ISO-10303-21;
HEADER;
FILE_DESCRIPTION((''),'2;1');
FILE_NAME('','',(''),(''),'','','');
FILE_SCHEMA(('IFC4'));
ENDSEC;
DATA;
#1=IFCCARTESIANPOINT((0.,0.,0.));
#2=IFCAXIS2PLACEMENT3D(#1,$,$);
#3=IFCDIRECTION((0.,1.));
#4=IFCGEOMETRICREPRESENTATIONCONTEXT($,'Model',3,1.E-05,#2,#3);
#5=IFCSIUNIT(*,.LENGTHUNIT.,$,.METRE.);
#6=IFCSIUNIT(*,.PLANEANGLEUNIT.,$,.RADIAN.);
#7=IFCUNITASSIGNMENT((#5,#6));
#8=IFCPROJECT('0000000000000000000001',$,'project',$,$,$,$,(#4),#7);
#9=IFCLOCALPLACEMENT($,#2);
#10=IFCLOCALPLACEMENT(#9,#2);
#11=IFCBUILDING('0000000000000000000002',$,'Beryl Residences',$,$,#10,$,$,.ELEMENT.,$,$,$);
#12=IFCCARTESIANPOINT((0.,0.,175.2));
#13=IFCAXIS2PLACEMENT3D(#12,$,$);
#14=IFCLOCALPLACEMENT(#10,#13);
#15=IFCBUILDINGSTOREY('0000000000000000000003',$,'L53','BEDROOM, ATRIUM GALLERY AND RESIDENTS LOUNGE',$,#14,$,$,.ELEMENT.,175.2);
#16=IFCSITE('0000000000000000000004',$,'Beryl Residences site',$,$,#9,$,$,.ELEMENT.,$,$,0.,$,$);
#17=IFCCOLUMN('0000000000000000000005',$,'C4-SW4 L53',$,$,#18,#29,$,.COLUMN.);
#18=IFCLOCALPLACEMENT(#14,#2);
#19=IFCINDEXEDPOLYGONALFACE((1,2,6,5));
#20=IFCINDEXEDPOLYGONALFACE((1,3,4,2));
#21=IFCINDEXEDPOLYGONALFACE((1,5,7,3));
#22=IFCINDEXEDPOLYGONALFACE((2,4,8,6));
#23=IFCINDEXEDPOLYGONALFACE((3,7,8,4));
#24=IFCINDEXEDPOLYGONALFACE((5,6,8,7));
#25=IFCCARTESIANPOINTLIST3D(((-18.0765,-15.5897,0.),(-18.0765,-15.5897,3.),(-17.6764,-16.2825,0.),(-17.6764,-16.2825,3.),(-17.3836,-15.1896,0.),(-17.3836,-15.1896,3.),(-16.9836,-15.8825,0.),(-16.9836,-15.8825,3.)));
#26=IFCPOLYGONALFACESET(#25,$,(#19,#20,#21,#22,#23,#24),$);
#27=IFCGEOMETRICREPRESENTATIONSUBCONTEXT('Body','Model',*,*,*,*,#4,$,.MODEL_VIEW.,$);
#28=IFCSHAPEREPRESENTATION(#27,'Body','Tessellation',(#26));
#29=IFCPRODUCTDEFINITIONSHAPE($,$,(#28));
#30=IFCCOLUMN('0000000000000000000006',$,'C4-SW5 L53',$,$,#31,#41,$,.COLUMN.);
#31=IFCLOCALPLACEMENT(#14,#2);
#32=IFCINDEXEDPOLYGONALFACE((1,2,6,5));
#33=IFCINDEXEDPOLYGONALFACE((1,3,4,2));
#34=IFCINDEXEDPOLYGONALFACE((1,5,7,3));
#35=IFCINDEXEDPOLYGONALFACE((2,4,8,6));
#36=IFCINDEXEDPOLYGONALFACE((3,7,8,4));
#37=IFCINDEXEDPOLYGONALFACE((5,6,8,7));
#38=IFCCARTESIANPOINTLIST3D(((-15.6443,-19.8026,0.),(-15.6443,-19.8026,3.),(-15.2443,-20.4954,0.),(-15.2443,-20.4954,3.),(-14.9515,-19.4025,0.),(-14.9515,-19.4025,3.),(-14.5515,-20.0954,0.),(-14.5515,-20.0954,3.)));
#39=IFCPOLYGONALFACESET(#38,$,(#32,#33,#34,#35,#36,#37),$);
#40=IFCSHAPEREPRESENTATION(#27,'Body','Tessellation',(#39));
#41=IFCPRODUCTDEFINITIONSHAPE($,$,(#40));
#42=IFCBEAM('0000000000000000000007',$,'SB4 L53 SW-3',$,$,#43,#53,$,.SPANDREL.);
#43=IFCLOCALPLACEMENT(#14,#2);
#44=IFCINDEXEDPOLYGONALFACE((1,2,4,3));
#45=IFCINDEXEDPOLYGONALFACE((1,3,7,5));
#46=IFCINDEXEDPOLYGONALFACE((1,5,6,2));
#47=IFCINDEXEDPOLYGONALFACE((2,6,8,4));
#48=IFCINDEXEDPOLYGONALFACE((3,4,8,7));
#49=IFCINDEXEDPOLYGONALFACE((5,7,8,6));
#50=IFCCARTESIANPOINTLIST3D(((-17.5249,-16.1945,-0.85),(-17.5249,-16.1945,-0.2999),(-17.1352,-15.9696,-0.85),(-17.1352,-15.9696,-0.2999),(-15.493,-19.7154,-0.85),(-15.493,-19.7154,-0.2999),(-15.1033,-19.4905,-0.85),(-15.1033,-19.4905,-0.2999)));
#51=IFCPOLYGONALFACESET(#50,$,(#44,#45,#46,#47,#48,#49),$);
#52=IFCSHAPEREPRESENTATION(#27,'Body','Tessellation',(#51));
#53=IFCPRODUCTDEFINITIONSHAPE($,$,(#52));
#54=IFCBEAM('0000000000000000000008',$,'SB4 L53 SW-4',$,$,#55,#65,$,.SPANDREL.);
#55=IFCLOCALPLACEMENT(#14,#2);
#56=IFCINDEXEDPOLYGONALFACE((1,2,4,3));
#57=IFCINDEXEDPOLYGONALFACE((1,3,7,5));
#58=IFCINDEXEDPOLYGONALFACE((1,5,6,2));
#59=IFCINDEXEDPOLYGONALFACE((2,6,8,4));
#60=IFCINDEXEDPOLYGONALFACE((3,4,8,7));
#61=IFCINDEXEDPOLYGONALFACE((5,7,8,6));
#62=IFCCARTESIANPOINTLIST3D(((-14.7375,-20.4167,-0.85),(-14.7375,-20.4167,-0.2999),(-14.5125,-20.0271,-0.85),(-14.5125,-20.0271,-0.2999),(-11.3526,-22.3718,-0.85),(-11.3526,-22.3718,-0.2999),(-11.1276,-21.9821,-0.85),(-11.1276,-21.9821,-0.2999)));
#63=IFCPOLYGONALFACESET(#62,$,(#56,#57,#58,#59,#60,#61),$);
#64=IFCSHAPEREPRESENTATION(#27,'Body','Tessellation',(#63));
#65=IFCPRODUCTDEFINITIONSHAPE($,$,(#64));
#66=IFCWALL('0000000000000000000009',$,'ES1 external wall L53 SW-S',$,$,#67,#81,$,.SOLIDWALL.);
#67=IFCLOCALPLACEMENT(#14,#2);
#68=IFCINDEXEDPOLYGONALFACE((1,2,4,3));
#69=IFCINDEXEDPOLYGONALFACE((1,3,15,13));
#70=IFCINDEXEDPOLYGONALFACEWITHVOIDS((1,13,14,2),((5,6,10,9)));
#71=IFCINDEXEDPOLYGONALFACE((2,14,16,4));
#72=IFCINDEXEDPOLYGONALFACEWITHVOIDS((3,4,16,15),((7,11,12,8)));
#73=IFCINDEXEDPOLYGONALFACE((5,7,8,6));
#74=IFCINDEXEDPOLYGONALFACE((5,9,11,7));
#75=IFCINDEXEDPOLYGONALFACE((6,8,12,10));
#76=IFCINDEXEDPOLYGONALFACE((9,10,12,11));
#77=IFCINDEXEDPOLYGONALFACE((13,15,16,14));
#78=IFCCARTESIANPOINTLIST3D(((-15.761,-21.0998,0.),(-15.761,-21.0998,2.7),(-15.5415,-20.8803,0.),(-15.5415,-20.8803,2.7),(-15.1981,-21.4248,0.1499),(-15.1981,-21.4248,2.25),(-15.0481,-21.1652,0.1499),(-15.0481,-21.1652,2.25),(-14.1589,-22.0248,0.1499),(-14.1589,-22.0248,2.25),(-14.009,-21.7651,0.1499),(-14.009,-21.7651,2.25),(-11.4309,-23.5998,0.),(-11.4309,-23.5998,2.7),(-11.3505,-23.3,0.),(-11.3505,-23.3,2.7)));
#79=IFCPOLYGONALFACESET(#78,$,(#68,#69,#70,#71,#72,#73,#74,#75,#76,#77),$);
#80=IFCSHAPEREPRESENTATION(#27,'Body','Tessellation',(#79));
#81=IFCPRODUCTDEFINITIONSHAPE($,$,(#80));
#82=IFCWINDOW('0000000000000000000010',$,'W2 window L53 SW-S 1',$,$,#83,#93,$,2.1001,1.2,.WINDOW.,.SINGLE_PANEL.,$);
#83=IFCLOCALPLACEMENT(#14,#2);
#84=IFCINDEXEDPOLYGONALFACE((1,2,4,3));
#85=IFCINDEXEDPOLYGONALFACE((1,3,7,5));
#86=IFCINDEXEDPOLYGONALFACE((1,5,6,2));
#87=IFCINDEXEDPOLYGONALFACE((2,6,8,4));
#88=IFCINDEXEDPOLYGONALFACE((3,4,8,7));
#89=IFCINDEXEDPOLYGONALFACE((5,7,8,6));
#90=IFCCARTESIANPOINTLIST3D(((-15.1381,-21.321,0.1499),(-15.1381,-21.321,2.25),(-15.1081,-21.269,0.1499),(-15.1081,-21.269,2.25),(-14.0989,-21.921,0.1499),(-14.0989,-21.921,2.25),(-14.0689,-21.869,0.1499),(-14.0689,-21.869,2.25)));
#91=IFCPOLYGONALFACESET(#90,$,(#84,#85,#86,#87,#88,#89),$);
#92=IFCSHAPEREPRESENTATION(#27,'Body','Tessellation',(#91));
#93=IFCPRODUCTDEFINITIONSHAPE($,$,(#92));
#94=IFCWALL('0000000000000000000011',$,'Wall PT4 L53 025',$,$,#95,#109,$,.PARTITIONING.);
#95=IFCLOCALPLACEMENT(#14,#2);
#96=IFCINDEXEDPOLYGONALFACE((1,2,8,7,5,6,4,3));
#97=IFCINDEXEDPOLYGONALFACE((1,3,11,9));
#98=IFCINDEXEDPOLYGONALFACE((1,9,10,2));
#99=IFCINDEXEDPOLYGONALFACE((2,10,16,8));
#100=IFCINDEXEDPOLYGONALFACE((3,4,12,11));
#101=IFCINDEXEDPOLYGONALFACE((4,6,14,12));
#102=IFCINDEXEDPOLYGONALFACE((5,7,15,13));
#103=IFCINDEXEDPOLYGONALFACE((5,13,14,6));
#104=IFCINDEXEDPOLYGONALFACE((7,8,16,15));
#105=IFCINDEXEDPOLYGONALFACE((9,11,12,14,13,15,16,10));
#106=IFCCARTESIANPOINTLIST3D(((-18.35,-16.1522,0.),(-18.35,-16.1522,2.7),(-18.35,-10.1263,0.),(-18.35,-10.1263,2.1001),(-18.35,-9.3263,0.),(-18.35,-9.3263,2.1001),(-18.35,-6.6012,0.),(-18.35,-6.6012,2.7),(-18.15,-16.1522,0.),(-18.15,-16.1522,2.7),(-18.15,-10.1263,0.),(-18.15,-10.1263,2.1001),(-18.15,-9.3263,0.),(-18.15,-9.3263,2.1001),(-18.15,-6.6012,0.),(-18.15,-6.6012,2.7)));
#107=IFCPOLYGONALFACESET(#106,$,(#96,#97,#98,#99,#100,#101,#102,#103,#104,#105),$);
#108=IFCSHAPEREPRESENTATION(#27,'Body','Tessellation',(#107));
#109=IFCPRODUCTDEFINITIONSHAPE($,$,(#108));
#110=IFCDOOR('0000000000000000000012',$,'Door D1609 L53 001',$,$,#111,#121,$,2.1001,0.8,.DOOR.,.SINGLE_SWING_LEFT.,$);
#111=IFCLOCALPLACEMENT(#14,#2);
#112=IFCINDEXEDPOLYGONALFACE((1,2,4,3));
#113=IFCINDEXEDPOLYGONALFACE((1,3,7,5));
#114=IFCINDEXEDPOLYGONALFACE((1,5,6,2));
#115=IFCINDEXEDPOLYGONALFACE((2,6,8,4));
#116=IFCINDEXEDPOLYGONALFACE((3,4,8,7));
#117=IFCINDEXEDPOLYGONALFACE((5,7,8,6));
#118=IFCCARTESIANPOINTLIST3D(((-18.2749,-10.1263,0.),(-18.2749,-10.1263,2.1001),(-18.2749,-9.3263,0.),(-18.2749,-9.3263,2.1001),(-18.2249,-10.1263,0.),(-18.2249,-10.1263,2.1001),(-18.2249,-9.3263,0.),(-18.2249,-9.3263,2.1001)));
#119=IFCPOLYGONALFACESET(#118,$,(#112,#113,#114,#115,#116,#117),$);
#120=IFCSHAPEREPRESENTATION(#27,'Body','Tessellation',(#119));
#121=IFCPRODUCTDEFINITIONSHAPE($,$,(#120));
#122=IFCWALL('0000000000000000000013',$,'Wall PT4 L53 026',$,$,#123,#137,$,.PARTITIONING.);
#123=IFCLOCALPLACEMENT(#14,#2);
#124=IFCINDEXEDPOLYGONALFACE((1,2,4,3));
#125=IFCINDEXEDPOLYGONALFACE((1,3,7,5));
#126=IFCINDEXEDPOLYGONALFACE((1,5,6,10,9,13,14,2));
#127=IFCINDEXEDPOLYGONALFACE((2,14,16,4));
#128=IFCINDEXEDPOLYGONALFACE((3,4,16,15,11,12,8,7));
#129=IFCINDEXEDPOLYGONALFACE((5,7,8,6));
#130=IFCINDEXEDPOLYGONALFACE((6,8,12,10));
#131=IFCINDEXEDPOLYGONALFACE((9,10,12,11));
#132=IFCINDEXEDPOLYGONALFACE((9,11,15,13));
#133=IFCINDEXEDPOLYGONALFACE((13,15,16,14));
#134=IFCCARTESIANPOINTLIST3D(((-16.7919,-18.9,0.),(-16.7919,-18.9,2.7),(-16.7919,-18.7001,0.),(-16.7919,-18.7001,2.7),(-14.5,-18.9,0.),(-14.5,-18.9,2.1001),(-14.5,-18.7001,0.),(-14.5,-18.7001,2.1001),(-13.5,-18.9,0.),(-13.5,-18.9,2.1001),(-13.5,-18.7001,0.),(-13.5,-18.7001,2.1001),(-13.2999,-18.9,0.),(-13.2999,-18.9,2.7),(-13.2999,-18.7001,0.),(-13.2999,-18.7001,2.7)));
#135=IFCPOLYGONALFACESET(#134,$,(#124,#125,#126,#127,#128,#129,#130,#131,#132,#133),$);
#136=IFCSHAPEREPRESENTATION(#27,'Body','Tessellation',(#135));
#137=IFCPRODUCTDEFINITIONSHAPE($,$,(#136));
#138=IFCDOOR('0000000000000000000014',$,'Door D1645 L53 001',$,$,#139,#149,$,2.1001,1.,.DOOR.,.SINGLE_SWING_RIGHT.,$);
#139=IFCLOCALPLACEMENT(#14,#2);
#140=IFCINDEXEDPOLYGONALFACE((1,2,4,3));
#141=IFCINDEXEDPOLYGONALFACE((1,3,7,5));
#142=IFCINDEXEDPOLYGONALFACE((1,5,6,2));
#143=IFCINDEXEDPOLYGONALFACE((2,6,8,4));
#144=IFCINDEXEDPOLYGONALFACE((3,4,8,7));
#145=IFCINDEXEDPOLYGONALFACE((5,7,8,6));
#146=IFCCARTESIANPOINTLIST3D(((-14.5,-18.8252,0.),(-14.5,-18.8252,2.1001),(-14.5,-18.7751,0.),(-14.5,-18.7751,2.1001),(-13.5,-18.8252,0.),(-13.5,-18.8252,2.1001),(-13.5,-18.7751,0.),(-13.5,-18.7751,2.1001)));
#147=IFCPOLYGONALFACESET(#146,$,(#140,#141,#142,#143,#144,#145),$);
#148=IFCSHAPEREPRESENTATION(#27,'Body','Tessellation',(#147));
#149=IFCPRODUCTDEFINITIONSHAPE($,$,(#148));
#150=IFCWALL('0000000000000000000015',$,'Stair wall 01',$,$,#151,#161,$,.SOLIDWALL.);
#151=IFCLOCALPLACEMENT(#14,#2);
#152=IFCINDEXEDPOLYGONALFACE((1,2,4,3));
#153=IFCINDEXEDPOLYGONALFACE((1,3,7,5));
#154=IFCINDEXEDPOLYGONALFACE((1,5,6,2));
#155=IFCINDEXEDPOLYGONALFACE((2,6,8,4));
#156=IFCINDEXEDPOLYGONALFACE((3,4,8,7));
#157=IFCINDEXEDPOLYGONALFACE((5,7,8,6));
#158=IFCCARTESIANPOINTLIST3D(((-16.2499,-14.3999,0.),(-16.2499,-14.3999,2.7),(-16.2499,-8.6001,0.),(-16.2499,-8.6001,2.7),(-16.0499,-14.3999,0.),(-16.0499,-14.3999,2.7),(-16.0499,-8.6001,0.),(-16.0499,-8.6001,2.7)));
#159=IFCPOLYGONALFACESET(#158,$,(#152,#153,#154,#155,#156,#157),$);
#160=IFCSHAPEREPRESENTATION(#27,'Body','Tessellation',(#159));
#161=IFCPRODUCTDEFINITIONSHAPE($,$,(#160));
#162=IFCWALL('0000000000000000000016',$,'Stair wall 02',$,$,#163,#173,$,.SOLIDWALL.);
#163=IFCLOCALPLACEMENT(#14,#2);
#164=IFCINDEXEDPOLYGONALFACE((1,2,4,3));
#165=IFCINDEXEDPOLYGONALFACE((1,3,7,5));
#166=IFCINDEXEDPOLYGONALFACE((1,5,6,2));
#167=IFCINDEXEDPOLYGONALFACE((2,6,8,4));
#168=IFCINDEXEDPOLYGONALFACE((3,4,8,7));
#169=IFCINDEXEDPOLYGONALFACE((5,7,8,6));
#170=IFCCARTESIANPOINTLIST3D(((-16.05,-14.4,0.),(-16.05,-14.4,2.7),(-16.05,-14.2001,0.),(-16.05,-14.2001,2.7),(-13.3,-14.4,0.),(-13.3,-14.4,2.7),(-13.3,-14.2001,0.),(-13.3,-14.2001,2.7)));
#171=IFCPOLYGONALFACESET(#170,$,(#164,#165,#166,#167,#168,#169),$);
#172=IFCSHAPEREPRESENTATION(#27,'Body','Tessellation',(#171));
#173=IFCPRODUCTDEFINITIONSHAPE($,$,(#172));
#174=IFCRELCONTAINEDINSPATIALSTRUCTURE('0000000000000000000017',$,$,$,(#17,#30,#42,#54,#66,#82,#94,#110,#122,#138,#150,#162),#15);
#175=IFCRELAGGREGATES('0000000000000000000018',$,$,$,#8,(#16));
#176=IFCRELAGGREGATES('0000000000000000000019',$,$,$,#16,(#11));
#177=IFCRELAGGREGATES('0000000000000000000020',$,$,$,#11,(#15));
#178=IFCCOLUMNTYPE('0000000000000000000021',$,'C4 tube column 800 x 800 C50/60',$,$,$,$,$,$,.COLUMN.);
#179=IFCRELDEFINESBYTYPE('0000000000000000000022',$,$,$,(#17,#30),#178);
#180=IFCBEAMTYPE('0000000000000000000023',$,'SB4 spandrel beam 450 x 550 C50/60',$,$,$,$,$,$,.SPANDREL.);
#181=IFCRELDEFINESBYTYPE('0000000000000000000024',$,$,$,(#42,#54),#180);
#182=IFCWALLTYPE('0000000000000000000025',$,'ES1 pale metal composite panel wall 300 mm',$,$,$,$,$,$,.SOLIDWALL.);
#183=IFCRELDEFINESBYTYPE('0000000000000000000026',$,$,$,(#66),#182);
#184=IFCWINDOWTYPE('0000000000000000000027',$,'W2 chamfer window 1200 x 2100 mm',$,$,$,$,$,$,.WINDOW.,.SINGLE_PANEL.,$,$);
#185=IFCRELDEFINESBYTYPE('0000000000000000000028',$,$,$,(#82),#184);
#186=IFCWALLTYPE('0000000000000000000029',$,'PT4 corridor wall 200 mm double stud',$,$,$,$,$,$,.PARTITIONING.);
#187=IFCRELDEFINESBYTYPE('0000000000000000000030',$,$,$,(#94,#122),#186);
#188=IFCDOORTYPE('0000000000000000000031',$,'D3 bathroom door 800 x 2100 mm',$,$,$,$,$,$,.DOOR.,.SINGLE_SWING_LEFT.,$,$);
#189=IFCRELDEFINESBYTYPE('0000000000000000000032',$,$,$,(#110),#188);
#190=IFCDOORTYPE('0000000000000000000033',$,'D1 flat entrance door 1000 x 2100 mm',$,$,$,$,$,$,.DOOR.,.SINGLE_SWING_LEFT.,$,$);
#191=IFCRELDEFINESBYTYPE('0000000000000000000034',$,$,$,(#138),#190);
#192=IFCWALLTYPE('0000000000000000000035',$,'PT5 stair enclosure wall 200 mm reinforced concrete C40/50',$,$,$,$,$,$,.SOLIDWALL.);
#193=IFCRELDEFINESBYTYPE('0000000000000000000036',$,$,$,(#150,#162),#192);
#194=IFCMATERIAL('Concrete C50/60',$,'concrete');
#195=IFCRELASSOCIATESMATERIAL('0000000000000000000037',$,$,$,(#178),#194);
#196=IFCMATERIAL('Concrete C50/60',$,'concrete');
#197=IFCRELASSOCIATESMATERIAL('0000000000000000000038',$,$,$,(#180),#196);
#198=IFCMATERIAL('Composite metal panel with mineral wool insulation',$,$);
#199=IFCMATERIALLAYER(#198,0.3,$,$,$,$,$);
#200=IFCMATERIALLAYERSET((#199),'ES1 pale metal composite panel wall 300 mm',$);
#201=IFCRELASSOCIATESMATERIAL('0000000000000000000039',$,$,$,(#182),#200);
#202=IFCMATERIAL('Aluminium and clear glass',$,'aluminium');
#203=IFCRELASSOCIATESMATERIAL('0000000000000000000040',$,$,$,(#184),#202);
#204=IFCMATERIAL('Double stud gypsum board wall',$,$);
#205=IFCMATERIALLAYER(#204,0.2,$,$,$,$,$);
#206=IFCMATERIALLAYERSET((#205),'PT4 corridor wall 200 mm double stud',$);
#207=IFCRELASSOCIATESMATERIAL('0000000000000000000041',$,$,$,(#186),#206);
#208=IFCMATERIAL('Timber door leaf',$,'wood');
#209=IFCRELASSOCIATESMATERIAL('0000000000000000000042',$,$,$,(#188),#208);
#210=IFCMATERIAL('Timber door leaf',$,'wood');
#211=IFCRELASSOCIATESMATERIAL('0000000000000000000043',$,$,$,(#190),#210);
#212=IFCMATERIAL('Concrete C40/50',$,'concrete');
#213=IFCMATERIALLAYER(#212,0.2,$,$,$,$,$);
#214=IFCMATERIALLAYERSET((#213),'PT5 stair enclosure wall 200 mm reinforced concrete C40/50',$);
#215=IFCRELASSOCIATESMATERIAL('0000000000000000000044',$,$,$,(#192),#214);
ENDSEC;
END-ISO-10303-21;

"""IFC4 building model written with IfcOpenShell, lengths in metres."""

from ifc_helpers import new_model, si_unit, direction, frame, frame_2d, origin, origin_2d, place, context, subcontext, project, spatial, polyline, rectangle, outline, extrude, material, layer, layer_set, material_profile, profile_set, type_object, element, fill, save


model = new_model("IFC4")

# Units and contexts
model_context = context("Model", 3, precision=1e-05, world=origin(), true_north=direction((0.0, 1.0)))
body_context = subcontext(model_context, "Body", "Model", "MODEL_VIEW")
ifc_project = project(units=[si_unit("LENGTHUNIT", "METRE"), si_unit("PLANEANGLEUNIT", "RADIAN")], contexts=[model_context])

# Site, building, storey
site_placement = place(None, origin())
site = spatial("IfcSite", under=ifc_project, at=site_placement, Name="Beryl Residences site", CompositionType="ELEMENT", RefElevation=0.0)
building_placement = place(site_placement, origin())
building = spatial("IfcBuilding", under=site, at=building_placement, Name="Beryl Residences", CompositionType="ELEMENT")
storey_placement = place(building_placement, frame((0.0, 0.0, 175.2)))
storey = spatial("IfcBuildingStorey", under=building, at=storey_placement, Name="L53", Description="BEDROOM, ATRIUM GALLERY AND RESIDENTS LOUNGE", CompositionType="ELEMENT", Elevation=175.2)

# Columns
ifc_material_1 = material(Name="Concrete C50/60", Category="concrete")
ifc_material_profile_1 = material_profile(ifc_material_1, rectangle(XDim=0.8, YDim=0.8, at=origin_2d()))
ifc_profile_set_1 = profile_set([ifc_material_profile_1], Name="Concrete C50/60")
column_type = type_object("IfcColumnType", Name="C4 tube column 800 x 800 C50/60", PredefinedType="COLUMN", material=ifc_profile_set_1)
for number, where, z_axis, x_axis, name in (
    (1, (-17.53, -15.7361, 0.0), (0.0, 0.0, 1.0), (0.5, -0.866025, 0.0), "C4-SW4 L53"),
    (2, (-15.0979, -19.949, 0.0), (0.0, 0.0, 1.0), (0.5, -0.866025, 0.0), "C4-SW5 L53"),
):
    element("IfcColumn", number, at=place(storey_placement, frame(where, z_axis=z_axis, x_axis=x_axis)), inside=storey, type_object=column_type, Name=name, PredefinedType="COLUMN", context=body_context, shape_type="SweptSolid", body=[
        extrude(rectangle(XDim=0.8, YDim=0.8, at=origin_2d()), origin(), (0.0, 0.0, 1.0), 3.0),
    ])

# Beams
ifc_material_2 = material(Name="Concrete C50/60", Category="concrete")
ifc_material_profile_2 = material_profile(ifc_material_2, rectangle(XDim=0.45, YDim=0.55, at=origin_2d()))
ifc_profile_set_2 = profile_set([ifc_material_profile_2], Name="Concrete C50/60")
beam_type = type_object("IfcBeamType", Name="SB4 spandrel beam 450 x 550 C50/60", PredefinedType="SPANDREL", material=ifc_profile_set_2)
beam_1_placement = place(storey_placement, frame((-17.3301, -16.082, -0.575), z_axis=(0.49984, -0.866118, 0.0), x_axis=(0.866118, 0.49984, 0.0)))
element("IfcBeam", 3, at=beam_1_placement, inside=storey, type_object=beam_type, Name="SB4 L53 SW-3", PredefinedType="SPANDREL", context=body_context, shape_type="SweptSolid", body=[
    extrude(rectangle(XDim=0.45, YDim=0.55, at=origin_2d()), origin(), (0.0, 0.0, 1.0), 4.0652),
])
beam_2_placement = place(storey_placement, frame((-14.625, -20.2219, -0.575), z_axis=(0.865943, -0.500142, 0.0), x_axis=(0.500142, 0.865943, 0.0)))
element("IfcBeam", 4, at=beam_2_placement, inside=storey, type_object=beam_type, Name="SB4 L53 SW-4", PredefinedType="SPANDREL", context=body_context, shape_type="SweptSolid", body=[
    extrude(rectangle(XDim=0.45, YDim=0.55, at=origin_2d()), origin(), (0.0, 0.0, 1.0), 3.9089),
])

# Wall, opening, window
ifc_material_3 = material(Name="Composite metal panel with mineral wool insulation")
ifc_layer_1 = layer(ifc_material_3, 0.3)
ifc_layer_set_1 = layer_set([ifc_layer_1], Name="ES1 pale metal composite panel wall 300 mm")
wall_type_1 = type_object("IfcWallType", Name="ES1 pale metal composite panel wall 300 mm", PredefinedType="SOLIDWALL", material=ifc_layer_set_1)
wall_1_placement = place(storey_placement, frame((-15.686, -20.97, 0.0), z_axis=(0.0, 0.0, 1.0), x_axis=(0.866023, -0.500004, 0.0)))
wall_1 = element("IfcWall", 5, at=wall_1_placement, inside=storey, type_object=wall_type_1, Name="ES1 external wall L53 SW-S", PredefinedType="SOLIDWALL", context=body_context, shape_type="SweptSolid", body=[
    extrude(outline(polyline([(0.0, -0.1499), (5.0, -0.1499), (4.9197, 0.1499), (0.0803, 0.1499), (0.0, -0.1499)])), origin(), (0.0, 0.0, 1.0), 2.7),
])
opening_1_placement = place(wall_1_placement, frame((0.6499, 0.0, 0.1499)))
opening_1 = element("IfcOpeningElement", 6, at=opening_1_placement, cuts=wall_1, PredefinedType="OPENING", context=body_context, shape_type="SweptSolid", body=[
    extrude(rectangle(XDim=1.2, YDim=2.1001, at=frame_2d((0.6001, 1.05))), frame((0.0, 0.1599, 0.0), z_axis=(0.0, -1.0, 0.0), x_axis=(1.0, 0.0, 0.0)), (0.0, 0.0, 1.0), 0.3201),
])
ifc_material_4 = material(Name="Aluminium and clear glass", Category="aluminium")
window_type = type_object("IfcWindowType", Name="W2 chamfer window 1200 x 2100 mm", PartitioningType="SINGLE_PANEL", PredefinedType="WINDOW", material=ifc_material_4)
window_placement = place(opening_1_placement, origin())
window = element("IfcWindow", 7, at=window_placement, inside=storey, type_object=window_type, Name="W2 window L53 SW-S 1", OverallHeight=2.1001, OverallWidth=1.2, PartitioningType="SINGLE_PANEL", PredefinedType="WINDOW", context=body_context, shape_type="SweptSolid", body=[
    extrude(rectangle(XDim=1.2, YDim=2.1001, at=frame_2d((0.6001, 1.05))), frame((0.0, 0.03, 0.0), z_axis=(0.0, -1.0, 0.0), x_axis=(1.0, 0.0, 0.0)), (0.0, 0.0, 1.0), 0.0601),
])
fill(opening_1, window)

# Walls, openings, doors
ifc_material_5 = material(Name="Double stud gypsum board wall")
ifc_layer_2 = layer(ifc_material_5, 0.2)
ifc_layer_set_2 = layer_set([ifc_layer_2], Name="PT4 corridor wall 200 mm double stud")
wall_type_2 = type_object("IfcWallType", Name="PT4 corridor wall 200 mm double stud", PredefinedType="PARTITIONING", material=ifc_layer_set_2)
wall_2_placement = place(storey_placement, frame((-18.25, -16.1521, 0.0), z_axis=(0.0, 0.0, 1.0), x_axis=(0.0, 1.0, 0.0)))
wall_2 = element("IfcWall", 8, at=wall_2_placement, inside=storey, type_object=wall_type_2, Name="Wall PT4 L53 025", PredefinedType="PARTITIONING", context=body_context, shape_type="SweptSolid", body=[
    extrude(rectangle(XDim=9.551, YDim=0.2, at=frame_2d((4.7754, 0.0))), origin(), (0.0, 0.0, 1.0), 2.7),
])
opening_2_placement = place(wall_2_placement, frame((6.0259, 0.0, 0.0)))
opening_2 = element("IfcOpeningElement", 9, at=opening_2_placement, cuts=wall_2, PredefinedType="OPENING", context=body_context, shape_type="SweptSolid", body=[
    extrude(rectangle(XDim=0.8, YDim=2.1001, at=frame_2d((0.3999, 1.05))), frame((0.0, 0.1099, 0.0), z_axis=(0.0, -1.0, 0.0), x_axis=(1.0, 0.0, 0.0)), (0.0, 0.0, 1.0), 0.22),
])
ifc_material_6 = material(Name="Timber door leaf", Category="wood")
door_type_1 = type_object("IfcDoorType", Name="D3 bathroom door 800 x 2100 mm", OperationType="SINGLE_SWING_LEFT", PredefinedType="DOOR", material=ifc_material_6)
door_1_placement = place(opening_2_placement, origin())
door_1 = element("IfcDoor", 10, at=door_1_placement, inside=storey, type_object=door_type_1, Name="Door D1609 L53 001", OperationType="SINGLE_SWING_LEFT", OverallHeight=2.1001, OverallWidth=0.8, PredefinedType="DOOR", context=body_context, shape_type="SweptSolid", body=[
    extrude(rectangle(XDim=0.8, YDim=2.1001, at=frame_2d((0.3999, 1.05))), frame((0.0, 0.0249, 0.0), z_axis=(0.0, -1.0, 0.0), x_axis=(1.0, 0.0, 0.0)), (0.0, 0.0, 1.0), 0.05),
])
fill(opening_2, door_1)
wall_3_placement = place(storey_placement, frame((-16.792, -18.8, 0.0), z_axis=(0.0, 0.0, 1.0), x_axis=(1.0, 0.0, 0.0)))
wall_3 = element("IfcWall", 11, at=wall_3_placement, inside=storey, type_object=wall_type_2, Name="Wall PT4 L53 026", PredefinedType="PARTITIONING", context=body_context, shape_type="SweptSolid", body=[
    extrude(rectangle(XDim=3.4919, YDim=0.2, at=frame_2d((1.7461, 0.0))), origin(), (0.0, 0.0, 1.0), 2.7),
])
opening_3_placement = place(wall_3_placement, frame((2.292, 0.0, 0.0)))
opening_3 = element("IfcOpeningElement", 12, at=opening_3_placement, cuts=wall_3, PredefinedType="OPENING", context=body_context, shape_type="SweptSolid", body=[
    extrude(rectangle(XDim=1.0, YDim=2.1001, at=frame_2d((0.5, 1.05))), frame((0.0, 0.1099, 0.0), z_axis=(0.0, -1.0, 0.0), x_axis=(1.0, 0.0, 0.0)), (0.0, 0.0, 1.0), 0.22),
])
ifc_material_7 = material(Name="Timber door leaf", Category="wood")
door_type_2 = type_object("IfcDoorType", Name="D1 flat entrance door 1000 x 2100 mm", OperationType="SINGLE_SWING_LEFT", PredefinedType="DOOR", material=ifc_material_7)
door_2_placement = place(opening_3_placement, origin())
door_2 = element("IfcDoor", 13, at=door_2_placement, inside=storey, type_object=door_type_2, Name="Door D1645 L53 001", OperationType="SINGLE_SWING_RIGHT", OverallHeight=2.1001, OverallWidth=1.0, PredefinedType="DOOR", context=body_context, shape_type="SweptSolid", body=[
    extrude(rectangle(XDim=1.0, YDim=2.1001, at=frame_2d((0.5, 1.05))), frame((0.0, 0.0249, 0.0), z_axis=(0.0, -1.0, 0.0), x_axis=(1.0, 0.0, 0.0)), (0.0, 0.0, 1.0), 0.05),
])
fill(opening_3, door_2)

# Walls
ifc_material_8 = material(Name="Concrete C40/50", Category="concrete")
ifc_layer_3 = layer(ifc_material_8, 0.2)
ifc_layer_set_3 = layer_set([ifc_layer_3], Name="PT5 stair enclosure wall 200 mm reinforced concrete C40/50")
wall_type_3 = type_object("IfcWallType", Name="PT5 stair enclosure wall 200 mm reinforced concrete C40/50", PredefinedType="SOLIDWALL", material=ifc_layer_set_3)
wall_4_placement = place(storey_placement, frame((-16.1499, -14.3999, 0.0), z_axis=(0.0, 0.0, 1.0), x_axis=(0.0, 1.0, 0.0)))
element("IfcWall", 14, at=wall_4_placement, inside=storey, type_object=wall_type_3, Name="Stair wall 01", PredefinedType="SOLIDWALL", context=body_context, shape_type="SweptSolid", body=[
    extrude(rectangle(XDim=5.7998, YDim=0.2, at=frame_2d((2.8999, 0.0))), origin(), (0.0, 0.0, 1.0), 2.7),
])
wall_5_placement = place(storey_placement, frame((-16.05, -14.3, 0.0), z_axis=(0.0, 0.0, 1.0), x_axis=(1.0, 0.0, 0.0)))
element("IfcWall", 15, at=wall_5_placement, inside=storey, type_object=wall_type_3, Name="Stair wall 02", PredefinedType="SOLIDWALL", context=body_context, shape_type="SweptSolid", body=[
    extrude(rectangle(XDim=2.75, YDim=0.2, at=frame_2d((1.375, 0.0))), origin(), (0.0, 0.0, 1.0), 2.7),
])

save(model, "model.ifc")
